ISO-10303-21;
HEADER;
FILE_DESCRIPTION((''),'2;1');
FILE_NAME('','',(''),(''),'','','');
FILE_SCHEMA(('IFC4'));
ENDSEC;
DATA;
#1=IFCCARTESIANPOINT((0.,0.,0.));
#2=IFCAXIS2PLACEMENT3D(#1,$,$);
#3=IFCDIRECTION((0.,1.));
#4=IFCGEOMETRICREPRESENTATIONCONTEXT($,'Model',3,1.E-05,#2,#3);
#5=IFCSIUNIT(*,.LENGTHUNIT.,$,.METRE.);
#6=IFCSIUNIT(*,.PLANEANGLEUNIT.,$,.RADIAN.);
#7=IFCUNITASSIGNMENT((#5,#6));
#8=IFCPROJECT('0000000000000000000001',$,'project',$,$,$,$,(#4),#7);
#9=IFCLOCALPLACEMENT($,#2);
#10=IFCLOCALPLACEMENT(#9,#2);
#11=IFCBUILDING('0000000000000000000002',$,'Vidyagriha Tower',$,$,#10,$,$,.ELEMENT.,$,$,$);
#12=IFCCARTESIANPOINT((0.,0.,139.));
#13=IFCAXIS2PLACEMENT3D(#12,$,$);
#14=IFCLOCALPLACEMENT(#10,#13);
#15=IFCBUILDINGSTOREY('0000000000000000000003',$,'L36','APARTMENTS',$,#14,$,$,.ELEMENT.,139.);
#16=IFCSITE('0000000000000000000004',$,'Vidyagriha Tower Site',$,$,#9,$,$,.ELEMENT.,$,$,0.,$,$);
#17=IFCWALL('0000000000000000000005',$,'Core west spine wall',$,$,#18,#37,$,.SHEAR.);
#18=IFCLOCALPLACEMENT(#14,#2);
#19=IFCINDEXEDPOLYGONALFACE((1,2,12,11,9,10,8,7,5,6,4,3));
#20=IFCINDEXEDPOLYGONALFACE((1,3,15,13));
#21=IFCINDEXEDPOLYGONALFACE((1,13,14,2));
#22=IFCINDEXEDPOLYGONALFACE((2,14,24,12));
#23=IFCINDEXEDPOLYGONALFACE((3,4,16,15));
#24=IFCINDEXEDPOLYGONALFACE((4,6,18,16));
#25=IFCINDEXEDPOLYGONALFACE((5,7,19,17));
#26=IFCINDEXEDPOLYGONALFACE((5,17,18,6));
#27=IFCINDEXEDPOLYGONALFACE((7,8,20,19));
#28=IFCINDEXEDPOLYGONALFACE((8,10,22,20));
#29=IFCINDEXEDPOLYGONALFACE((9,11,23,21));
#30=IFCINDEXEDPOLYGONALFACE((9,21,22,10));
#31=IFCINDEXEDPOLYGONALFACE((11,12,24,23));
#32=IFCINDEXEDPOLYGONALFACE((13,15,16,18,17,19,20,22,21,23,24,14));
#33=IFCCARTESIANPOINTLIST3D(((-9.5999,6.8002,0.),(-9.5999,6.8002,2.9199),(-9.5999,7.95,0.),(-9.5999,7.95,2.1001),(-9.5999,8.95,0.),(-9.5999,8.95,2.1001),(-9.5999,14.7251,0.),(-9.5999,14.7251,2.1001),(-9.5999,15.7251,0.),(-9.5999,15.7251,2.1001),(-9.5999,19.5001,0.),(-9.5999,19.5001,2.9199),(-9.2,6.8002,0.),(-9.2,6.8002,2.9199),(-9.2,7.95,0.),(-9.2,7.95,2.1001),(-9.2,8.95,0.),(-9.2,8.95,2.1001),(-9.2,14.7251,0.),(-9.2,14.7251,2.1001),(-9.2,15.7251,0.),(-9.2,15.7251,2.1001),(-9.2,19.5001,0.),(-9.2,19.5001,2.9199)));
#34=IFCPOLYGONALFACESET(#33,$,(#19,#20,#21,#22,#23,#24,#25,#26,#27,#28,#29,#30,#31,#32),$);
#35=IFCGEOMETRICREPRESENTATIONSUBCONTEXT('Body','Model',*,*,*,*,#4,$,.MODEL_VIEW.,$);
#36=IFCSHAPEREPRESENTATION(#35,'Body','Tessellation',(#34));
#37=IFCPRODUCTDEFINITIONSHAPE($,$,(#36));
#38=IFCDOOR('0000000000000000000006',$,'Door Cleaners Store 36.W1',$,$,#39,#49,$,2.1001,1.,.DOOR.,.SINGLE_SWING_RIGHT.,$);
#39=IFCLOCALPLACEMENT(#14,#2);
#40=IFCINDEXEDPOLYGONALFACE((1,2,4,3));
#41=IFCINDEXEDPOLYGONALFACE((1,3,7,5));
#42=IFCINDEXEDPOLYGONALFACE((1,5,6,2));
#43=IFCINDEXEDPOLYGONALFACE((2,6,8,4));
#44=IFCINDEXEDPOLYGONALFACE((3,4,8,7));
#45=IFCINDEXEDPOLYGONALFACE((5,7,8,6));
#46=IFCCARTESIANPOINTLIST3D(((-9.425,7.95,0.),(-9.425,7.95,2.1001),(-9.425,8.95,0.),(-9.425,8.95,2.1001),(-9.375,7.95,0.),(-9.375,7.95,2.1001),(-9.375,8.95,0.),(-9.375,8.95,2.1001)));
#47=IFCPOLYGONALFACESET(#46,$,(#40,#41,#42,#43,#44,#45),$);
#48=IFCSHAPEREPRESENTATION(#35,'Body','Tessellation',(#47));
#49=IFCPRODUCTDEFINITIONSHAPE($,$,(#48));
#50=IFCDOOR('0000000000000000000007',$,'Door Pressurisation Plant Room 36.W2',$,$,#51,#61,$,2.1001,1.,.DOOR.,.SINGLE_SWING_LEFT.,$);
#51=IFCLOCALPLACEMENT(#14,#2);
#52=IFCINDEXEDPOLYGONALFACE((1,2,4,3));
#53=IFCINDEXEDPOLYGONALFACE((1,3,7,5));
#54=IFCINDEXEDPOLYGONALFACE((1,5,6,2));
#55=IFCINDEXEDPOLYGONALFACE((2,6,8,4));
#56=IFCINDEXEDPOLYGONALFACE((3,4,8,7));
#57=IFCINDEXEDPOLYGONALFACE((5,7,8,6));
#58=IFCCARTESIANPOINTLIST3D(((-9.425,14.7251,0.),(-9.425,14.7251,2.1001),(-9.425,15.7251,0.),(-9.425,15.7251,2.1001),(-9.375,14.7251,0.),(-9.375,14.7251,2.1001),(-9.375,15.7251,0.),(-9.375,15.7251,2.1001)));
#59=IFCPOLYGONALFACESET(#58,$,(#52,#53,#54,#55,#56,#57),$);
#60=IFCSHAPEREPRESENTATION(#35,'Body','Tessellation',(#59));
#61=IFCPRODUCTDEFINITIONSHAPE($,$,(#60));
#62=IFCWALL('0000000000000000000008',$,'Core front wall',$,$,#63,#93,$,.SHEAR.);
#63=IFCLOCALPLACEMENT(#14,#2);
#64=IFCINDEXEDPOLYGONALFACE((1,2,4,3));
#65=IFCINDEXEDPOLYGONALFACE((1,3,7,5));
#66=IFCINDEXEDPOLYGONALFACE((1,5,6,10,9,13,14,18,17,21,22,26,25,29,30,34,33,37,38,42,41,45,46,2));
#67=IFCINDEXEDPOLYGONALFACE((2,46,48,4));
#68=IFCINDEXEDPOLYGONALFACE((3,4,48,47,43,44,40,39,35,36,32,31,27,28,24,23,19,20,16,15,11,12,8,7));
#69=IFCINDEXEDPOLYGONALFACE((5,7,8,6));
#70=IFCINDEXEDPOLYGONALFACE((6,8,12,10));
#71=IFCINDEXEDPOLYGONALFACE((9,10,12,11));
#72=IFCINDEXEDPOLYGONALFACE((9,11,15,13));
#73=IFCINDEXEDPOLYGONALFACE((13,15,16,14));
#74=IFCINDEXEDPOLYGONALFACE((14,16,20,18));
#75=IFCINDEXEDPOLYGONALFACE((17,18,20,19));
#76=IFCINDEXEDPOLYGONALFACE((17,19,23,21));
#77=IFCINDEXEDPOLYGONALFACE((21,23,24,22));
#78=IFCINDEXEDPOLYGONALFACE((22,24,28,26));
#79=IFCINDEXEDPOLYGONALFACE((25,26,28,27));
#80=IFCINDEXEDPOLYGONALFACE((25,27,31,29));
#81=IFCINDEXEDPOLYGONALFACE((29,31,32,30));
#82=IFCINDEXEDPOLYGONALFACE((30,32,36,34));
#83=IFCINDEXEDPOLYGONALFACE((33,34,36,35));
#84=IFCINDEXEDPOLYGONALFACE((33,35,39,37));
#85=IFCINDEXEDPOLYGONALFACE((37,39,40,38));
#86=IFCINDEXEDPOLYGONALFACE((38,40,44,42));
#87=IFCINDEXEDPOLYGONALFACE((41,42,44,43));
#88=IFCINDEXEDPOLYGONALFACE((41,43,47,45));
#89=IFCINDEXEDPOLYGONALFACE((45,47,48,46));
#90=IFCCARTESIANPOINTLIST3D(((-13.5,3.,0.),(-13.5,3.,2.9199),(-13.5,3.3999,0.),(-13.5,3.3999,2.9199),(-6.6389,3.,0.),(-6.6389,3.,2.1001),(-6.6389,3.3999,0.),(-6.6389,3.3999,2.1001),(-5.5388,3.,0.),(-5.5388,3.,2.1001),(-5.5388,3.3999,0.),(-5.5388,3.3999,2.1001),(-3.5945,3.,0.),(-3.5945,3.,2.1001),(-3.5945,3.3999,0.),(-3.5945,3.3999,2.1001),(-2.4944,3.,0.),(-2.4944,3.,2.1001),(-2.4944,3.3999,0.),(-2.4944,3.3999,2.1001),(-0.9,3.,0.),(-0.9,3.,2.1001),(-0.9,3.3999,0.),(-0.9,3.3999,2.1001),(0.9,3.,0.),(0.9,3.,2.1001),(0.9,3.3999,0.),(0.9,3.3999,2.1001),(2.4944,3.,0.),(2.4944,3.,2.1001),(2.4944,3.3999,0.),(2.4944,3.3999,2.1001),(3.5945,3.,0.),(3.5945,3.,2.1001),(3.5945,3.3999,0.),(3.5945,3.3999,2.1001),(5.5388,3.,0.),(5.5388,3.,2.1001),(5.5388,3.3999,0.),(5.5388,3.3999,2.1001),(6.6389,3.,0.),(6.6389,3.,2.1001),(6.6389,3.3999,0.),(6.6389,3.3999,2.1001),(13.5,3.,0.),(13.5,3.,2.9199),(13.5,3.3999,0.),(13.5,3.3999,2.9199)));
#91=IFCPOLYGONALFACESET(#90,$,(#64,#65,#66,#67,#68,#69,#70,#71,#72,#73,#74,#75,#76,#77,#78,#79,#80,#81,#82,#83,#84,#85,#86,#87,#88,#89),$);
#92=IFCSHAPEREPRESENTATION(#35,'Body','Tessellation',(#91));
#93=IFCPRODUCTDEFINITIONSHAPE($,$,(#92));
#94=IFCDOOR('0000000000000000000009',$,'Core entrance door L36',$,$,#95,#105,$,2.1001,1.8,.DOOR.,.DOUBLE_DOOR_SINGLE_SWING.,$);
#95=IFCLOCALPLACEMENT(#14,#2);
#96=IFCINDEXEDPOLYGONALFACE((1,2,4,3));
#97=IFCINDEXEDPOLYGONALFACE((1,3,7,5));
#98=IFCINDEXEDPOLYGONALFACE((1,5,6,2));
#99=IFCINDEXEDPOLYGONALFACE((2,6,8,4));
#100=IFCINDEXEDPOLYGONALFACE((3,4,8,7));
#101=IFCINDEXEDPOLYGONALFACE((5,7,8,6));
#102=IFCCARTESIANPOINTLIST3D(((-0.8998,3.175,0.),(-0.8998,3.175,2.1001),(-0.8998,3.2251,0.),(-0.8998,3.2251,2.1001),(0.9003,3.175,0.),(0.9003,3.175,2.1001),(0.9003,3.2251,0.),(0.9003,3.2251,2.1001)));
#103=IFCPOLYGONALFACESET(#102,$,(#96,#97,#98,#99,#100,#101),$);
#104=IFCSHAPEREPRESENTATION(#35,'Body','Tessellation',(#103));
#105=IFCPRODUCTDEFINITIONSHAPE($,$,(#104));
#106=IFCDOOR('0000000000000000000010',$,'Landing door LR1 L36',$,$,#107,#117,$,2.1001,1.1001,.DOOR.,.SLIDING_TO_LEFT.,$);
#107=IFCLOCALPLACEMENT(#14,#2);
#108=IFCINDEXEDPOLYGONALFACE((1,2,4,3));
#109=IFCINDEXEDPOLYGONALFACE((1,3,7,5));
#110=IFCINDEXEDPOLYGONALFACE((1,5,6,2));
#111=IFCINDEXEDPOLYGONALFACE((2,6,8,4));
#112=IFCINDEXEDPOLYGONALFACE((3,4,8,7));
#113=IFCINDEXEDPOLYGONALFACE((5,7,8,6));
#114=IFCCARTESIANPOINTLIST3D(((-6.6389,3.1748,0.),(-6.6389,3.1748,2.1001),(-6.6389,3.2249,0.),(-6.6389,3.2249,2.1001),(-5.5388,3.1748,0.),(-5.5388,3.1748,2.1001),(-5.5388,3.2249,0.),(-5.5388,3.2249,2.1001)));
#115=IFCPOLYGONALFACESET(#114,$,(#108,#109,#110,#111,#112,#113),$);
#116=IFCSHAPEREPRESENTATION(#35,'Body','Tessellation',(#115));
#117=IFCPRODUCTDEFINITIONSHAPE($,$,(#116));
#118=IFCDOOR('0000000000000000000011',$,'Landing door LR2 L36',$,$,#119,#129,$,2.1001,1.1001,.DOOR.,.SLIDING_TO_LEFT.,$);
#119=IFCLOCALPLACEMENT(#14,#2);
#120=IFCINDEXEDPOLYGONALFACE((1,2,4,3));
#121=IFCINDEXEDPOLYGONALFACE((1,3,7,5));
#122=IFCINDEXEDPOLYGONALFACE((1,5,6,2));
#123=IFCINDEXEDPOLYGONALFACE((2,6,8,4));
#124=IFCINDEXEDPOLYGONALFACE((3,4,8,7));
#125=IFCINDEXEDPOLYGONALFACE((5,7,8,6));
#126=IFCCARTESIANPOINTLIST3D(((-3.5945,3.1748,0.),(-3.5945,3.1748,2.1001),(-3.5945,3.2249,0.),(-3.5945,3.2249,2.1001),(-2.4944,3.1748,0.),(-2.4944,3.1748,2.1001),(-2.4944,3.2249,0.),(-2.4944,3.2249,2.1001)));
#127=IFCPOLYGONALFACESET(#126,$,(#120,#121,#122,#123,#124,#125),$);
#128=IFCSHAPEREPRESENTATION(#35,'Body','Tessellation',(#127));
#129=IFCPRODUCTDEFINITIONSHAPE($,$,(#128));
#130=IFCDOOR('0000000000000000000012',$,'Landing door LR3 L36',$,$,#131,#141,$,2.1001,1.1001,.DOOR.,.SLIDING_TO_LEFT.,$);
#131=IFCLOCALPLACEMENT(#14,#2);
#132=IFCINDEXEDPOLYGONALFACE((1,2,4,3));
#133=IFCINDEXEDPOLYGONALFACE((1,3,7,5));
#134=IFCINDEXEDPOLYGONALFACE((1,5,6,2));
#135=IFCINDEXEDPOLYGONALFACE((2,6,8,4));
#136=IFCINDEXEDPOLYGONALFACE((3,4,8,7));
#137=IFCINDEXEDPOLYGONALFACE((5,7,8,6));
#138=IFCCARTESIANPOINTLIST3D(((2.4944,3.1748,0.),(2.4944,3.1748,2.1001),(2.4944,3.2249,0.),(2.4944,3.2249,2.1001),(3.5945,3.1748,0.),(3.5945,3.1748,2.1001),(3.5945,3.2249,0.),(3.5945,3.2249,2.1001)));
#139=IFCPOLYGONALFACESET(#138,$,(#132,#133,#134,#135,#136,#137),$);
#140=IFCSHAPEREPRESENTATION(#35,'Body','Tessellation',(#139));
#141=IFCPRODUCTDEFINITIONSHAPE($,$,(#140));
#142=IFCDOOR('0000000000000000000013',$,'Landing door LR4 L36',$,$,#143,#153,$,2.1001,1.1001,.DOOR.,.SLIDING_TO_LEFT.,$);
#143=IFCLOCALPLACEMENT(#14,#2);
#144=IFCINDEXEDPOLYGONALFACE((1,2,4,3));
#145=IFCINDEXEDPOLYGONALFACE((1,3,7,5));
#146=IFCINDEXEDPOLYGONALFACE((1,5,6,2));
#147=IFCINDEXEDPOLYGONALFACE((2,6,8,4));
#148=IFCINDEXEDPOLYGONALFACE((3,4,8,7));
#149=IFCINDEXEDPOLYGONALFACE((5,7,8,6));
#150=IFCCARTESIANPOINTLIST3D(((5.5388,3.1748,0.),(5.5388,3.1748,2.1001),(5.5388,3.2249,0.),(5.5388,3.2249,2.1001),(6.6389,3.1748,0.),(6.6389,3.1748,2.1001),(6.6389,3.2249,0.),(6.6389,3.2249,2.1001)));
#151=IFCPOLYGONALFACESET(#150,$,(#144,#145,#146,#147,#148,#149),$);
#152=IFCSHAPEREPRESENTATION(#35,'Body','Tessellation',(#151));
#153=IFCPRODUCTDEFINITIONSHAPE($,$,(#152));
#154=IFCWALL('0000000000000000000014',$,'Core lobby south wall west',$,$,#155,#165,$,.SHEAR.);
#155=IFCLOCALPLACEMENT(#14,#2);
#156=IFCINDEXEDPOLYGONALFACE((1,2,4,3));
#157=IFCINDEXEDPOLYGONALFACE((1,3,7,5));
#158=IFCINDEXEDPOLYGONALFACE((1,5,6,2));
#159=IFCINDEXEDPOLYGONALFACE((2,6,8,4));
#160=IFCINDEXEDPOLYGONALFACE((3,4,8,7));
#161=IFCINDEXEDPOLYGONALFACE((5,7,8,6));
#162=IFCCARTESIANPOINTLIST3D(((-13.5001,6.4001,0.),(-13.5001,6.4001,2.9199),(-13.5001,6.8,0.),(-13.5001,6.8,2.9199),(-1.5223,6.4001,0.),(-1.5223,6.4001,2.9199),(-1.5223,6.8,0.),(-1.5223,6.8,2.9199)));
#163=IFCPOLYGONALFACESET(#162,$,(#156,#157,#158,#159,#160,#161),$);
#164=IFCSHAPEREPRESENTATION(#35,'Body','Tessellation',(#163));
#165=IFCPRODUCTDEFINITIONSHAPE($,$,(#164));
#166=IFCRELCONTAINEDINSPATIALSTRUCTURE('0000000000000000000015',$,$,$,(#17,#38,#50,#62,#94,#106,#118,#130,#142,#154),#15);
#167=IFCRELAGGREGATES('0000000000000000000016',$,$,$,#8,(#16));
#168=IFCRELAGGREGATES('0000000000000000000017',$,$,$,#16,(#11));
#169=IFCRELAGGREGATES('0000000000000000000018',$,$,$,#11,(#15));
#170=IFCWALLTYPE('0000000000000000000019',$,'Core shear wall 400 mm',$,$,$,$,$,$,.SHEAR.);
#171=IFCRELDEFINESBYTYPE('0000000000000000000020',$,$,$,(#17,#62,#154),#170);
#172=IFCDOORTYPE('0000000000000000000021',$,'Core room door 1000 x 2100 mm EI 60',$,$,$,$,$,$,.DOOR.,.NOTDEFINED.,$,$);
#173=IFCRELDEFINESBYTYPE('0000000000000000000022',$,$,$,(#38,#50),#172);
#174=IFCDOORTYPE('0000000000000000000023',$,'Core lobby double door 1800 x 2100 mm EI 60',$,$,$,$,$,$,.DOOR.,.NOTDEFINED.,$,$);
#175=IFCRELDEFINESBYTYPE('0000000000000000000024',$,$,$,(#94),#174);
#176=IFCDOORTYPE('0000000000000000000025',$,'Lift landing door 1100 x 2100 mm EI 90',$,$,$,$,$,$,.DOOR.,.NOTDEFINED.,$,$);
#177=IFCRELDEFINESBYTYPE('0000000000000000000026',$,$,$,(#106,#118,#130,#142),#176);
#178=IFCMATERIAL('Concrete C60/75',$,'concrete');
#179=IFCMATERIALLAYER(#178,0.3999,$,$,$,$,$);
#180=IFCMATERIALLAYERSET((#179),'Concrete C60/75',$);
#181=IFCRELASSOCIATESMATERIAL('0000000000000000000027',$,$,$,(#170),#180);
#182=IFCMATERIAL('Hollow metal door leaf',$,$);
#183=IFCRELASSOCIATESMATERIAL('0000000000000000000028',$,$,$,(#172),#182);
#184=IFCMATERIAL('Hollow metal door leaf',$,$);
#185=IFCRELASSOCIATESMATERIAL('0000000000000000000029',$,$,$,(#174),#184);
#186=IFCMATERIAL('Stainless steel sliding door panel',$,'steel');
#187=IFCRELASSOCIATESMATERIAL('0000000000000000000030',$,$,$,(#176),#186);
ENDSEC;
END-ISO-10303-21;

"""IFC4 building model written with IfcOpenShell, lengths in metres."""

from ifc_helpers import new_model, si_unit, direction, frame, frame_2d, origin, place, context, subcontext, project, spatial, rectangle, extrude, material, layer, layer_set, type_object, element, fill, save


model = new_model("IFC4")

# Units and contexts
model_context = context("Model", 3, precision=1e-05, world=origin(), true_north=direction((0.0, 1.0)))
body_context = subcontext(model_context, "Body", "Model", "MODEL_VIEW")
ifc_project = project(units=[si_unit("LENGTHUNIT", "METRE"), si_unit("PLANEANGLEUNIT", "RADIAN")], contexts=[model_context])

# Site, building, storey
site_placement = place(None, origin())
site = spatial("IfcSite", under=ifc_project, at=site_placement, Name="Vidyagriha Tower Site", CompositionType="ELEMENT", RefElevation=0.0)
building_placement = place(site_placement, origin())
building = spatial("IfcBuilding", under=site, at=building_placement, Name="Vidyagriha Tower", CompositionType="ELEMENT")
storey_placement = place(building_placement, frame((0.0, 0.0, 139.0)))
storey = spatial("IfcBuildingStorey", under=building, at=storey_placement, Name="L36", Description="APARTMENTS", CompositionType="ELEMENT", Elevation=139.0)

# Walls, openings, doors
ifc_material_1 = material(Name="Concrete C60/75", Category="concrete")
ifc_layer_1 = layer(ifc_material_1, 0.3999)
ifc_layer_set_1 = layer_set([ifc_layer_1], Name="Concrete C60/75")
wall_type_1 = type_object("IfcWallType", Name="Core shear wall 400 mm", PredefinedType="SHEAR", material=ifc_layer_set_1)
wall_1_placement = place(storey_placement, frame((-9.3999, 6.8, 0.0), z_axis=(0.0, 0.0, 1.0), x_axis=(0.0, 1.0, 0.0)))
wall_1 = element("IfcWall", 1, at=wall_1_placement, inside=storey, type_object=wall_type_1, Name="Core west spine wall", PredefinedType="SHEAR", context=body_context, shape_type="SweptSolid", body=[
    extrude(rectangle(XDim=12.7, YDim=0.3999, at=frame_2d((6.3501, 0.0))), origin(), (0.0, 0.0, 1.0), 2.9199),
])
opening_1_placement = place(wall_1_placement, frame((1.1499, 0.0, 0.0)))
opening_1 = element("IfcOpeningElement", 2, at=opening_1_placement, cuts=wall_1, PredefinedType="OPENING", context=body_context, shape_type="SweptSolid", body=[
    extrude(rectangle(XDim=1.0, YDim=2.1001, at=frame_2d((0.5, 1.05))), frame((0.0, 0.21, 0.0), z_axis=(0.0, -1.0, 0.0), x_axis=(1.0, 0.0, 0.0)), (0.0, 0.0, 1.0), 0.4199),
])
opening_2_placement = place(wall_1_placement, frame((7.925, 0.0, 0.0)))
opening_2 = element("IfcOpeningElement", 3, at=opening_2_placement, cuts=wall_1, PredefinedType="OPENING", context=body_context, shape_type="SweptSolid", body=[
    extrude(rectangle(XDim=1.0, YDim=2.1001, at=frame_2d((0.5, 1.05))), frame((0.0, 0.21, 0.0), z_axis=(0.0, -1.0, 0.0), x_axis=(1.0, 0.0, 0.0)), (0.0, 0.0, 1.0), 0.4199),
])
ifc_material_2 = material(Name="Hollow metal door leaf")
door_type_1 = type_object("IfcDoorType", Name="Core room door 1000 x 2100 mm EI 60", OperationType="NOTDEFINED", PredefinedType="DOOR", material=ifc_material_2)
door_1_placement = place(opening_1_placement, frame((1.0, 0.0, 0.0), z_axis=(0.0, 0.0, 1.0), x_axis=(-1.0, 0.0, 0.0)))
door_1 = element("IfcDoor", 4, at=door_1_placement, inside=storey, type_object=door_type_1, Name="Door Cleaners Store 36.W1", OperationType="SINGLE_SWING_RIGHT", OverallHeight=2.1001, OverallWidth=1.0, PredefinedType="DOOR", context=body_context, shape_type="SweptSolid", body=[
    extrude(rectangle(XDim=1.0, YDim=2.1001, at=frame_2d((0.5, 1.05))), frame((0.0, 0.0249, 0.0), z_axis=(0.0, -1.0, 0.0), x_axis=(1.0, 0.0, 0.0)), (0.0, 0.0, 1.0), 0.05),
])
fill(opening_1, door_1)
door_2_placement = place(opening_2_placement, frame((1.0, 0.0, 0.0), z_axis=(0.0, 0.0, 1.0), x_axis=(-1.0, 0.0, 0.0)))
door_2 = element("IfcDoor", 5, at=door_2_placement, inside=storey, type_object=door_type_1, Name="Door Pressurisation Plant Room 36.W2", OperationType="SINGLE_SWING_LEFT", OverallHeight=2.1001, OverallWidth=1.0, PredefinedType="DOOR", context=body_context, shape_type="SweptSolid", body=[
    extrude(rectangle(XDim=1.0, YDim=2.1001, at=frame_2d((0.5, 1.05))), frame((0.0, 0.0249, 0.0), z_axis=(0.0, -1.0, 0.0), x_axis=(1.0, 0.0, 0.0)), (0.0, 0.0, 1.0), 0.05),
])
fill(opening_2, door_2)
wall_2_placement = place(storey_placement, frame((-13.5, 3.2, 0.0)))
wall_2 = element("IfcWall", 6, at=wall_2_placement, inside=storey, type_object=wall_type_1, Name="Core front wall", PredefinedType="SHEAR", context=body_context, shape_type="SweptSolid", body=[
    extrude(rectangle(XDim=27.0, YDim=0.3999, at=frame_2d((13.5, 0.0))), origin(), (0.0, 0.0, 1.0), 2.9199),
])
opening_3_placement = place(wall_2_placement, frame((6.8611, 0.0, 0.0)))
opening_3 = element("IfcOpeningElement", 7, at=opening_3_placement, cuts=wall_2, PredefinedType="OPENING", context=body_context, shape_type="SweptSolid", body=[
    extrude(rectangle(XDim=1.1001, YDim=2.1001, at=frame_2d((0.55, 1.05))), frame((0.0, 0.21, 0.0), z_axis=(0.0, -1.0, 0.0), x_axis=(1.0, 0.0, 0.0)), (0.0, 0.0, 1.0), 0.4199),
])
opening_4_placement = place(wall_2_placement, frame((9.9055, 0.0, 0.0)))
opening_4 = element("IfcOpeningElement", 8, at=opening_4_placement, cuts=wall_2, PredefinedType="OPENING", context=body_context, shape_type="SweptSolid", body=[
    extrude(rectangle(XDim=1.1001, YDim=2.1001, at=frame_2d((0.55, 1.05))), frame((0.0, 0.21, 0.0), z_axis=(0.0, -1.0, 0.0), x_axis=(1.0, 0.0, 0.0)), (0.0, 0.0, 1.0), 0.4199),
])
opening_5_placement = place(wall_2_placement, frame((15.9944, 0.0, 0.0)))
opening_5 = element("IfcOpeningElement", 9, at=opening_5_placement, cuts=wall_2, PredefinedType="OPENING", context=body_context, shape_type="SweptSolid", body=[
    extrude(rectangle(XDim=1.1001, YDim=2.1001, at=frame_2d((0.55, 1.05))), frame((0.0, 0.21, 0.0), z_axis=(0.0, -1.0, 0.0), x_axis=(1.0, 0.0, 0.0)), (0.0, 0.0, 1.0), 0.4199),
])
opening_6_placement = place(wall_2_placement, frame((19.0388, 0.0, 0.0)))
opening_6 = element("IfcOpeningElement", 10, at=opening_6_placement, cuts=wall_2, PredefinedType="OPENING", context=body_context, shape_type="SweptSolid", body=[
    extrude(rectangle(XDim=1.1001, YDim=2.1001, at=frame_2d((0.55, 1.05))), frame((0.0, 0.21, 0.0), z_axis=(0.0, -1.0, 0.0), x_axis=(1.0, 0.0, 0.0)), (0.0, 0.0, 1.0), 0.4199),
])
opening_7_placement = place(wall_2_placement, frame((12.6001, 0.0, 0.0)))
opening_7 = element("IfcOpeningElement", 11, at=opening_7_placement, cuts=wall_2, PredefinedType="OPENING", context=body_context, shape_type="SweptSolid", body=[
    extrude(rectangle(XDim=1.8, YDim=2.1001, at=frame_2d((0.8999, 1.05))), frame((0.0, 0.21, 0.0), z_axis=(0.0, -1.0, 0.0), x_axis=(1.0, 0.0, 0.0)), (0.0, 0.0, 1.0), 0.4199),
])
ifc_material_3 = material(Name="Hollow metal door leaf")
door_type_2 = type_object("IfcDoorType", Name="Core lobby double door 1800 x 2100 mm EI 60", OperationType="NOTDEFINED", PredefinedType="DOOR", material=ifc_material_3)
door_3_placement = place(opening_7_placement, frame((1.8, 0.0, 0.0), z_axis=(0.0, 0.0, 1.0), x_axis=(-1.0, 0.0, 0.0)))
door_3 = element("IfcDoor", 12, at=door_3_placement, inside=storey, type_object=door_type_2, Name="Core entrance door L36", OperationType="DOUBLE_DOOR_SINGLE_SWING", OverallHeight=2.1001, OverallWidth=1.8, PredefinedType="DOOR", context=body_context, shape_type="SweptSolid", body=[
    extrude(rectangle(XDim=1.8, YDim=2.1001, at=frame_2d((0.8999, 1.05))), frame((0.0, 0.0249, 0.0), z_axis=(0.0, -1.0, 0.0), x_axis=(1.0, 0.0, 0.0)), (0.0, 0.0, 1.0), 0.05),
])
fill(opening_7, door_3)
ifc_material_4 = material(Name="Stainless steel sliding door panel", Category="steel")
door_type_3 = type_object("IfcDoorType", Name="Lift landing door 1100 x 2100 mm EI 90", OperationType="NOTDEFINED", PredefinedType="DOOR", material=ifc_material_4)
door_4_placement = place(opening_3_placement, origin())
door_4 = element("IfcDoor", 13, at=door_4_placement, inside=storey, type_object=door_type_3, Name="Landing door LR1 L36", OperationType="SLIDING_TO_LEFT", OverallHeight=2.1001, OverallWidth=1.1001, PredefinedType="DOOR", context=body_context, shape_type="SweptSolid", body=[
    extrude(rectangle(XDim=1.1001, YDim=2.1001, at=frame_2d((0.55, 1.05))), frame((0.0, 0.0249, 0.0), z_axis=(0.0, -1.0, 0.0), x_axis=(1.0, 0.0, 0.0)), (0.0, 0.0, 1.0), 0.05),
])
fill(opening_3, door_4)
door_5_placement = place(opening_4_placement, origin())
door_5 = element("IfcDoor", 14, at=door_5_placement, inside=storey, type_object=door_type_3, Name="Landing door LR2 L36", OperationType="SLIDING_TO_LEFT", OverallHeight=2.1001, OverallWidth=1.1001, PredefinedType="DOOR", context=body_context, shape_type="SweptSolid", body=[
    extrude(rectangle(XDim=1.1001, YDim=2.1001, at=frame_2d((0.55, 1.05))), frame((0.0, 0.0249, 0.0), z_axis=(0.0, -1.0, 0.0), x_axis=(1.0, 0.0, 0.0)), (0.0, 0.0, 1.0), 0.05),
])
fill(opening_4, door_5)
door_6_placement = place(opening_5_placement, origin())
door_6 = element("IfcDoor", 15, at=door_6_placement, inside=storey, type_object=door_type_3, Name="Landing door LR3 L36", OperationType="SLIDING_TO_LEFT", OverallHeight=2.1001, OverallWidth=1.1001, PredefinedType="DOOR", context=body_context, shape_type="SweptSolid", body=[
    extrude(rectangle(XDim=1.1001, YDim=2.1001, at=frame_2d((0.55, 1.05))), frame((0.0, 0.0249, 0.0), z_axis=(0.0, -1.0, 0.0), x_axis=(1.0, 0.0, 0.0)), (0.0, 0.0, 1.0), 0.05),
])
fill(opening_5, door_6)
door_7_placement = place(opening_6_placement, origin())
door_7 = element("IfcDoor", 16, at=door_7_placement, inside=storey, type_object=door_type_3, Name="Landing door LR4 L36", OperationType="SLIDING_TO_LEFT", OverallHeight=2.1001, OverallWidth=1.1001, PredefinedType="DOOR", context=body_context, shape_type="SweptSolid", body=[
    extrude(rectangle(XDim=1.1001, YDim=2.1001, at=frame_2d((0.55, 1.05))), frame((0.0, 0.0249, 0.0), z_axis=(0.0, -1.0, 0.0), x_axis=(1.0, 0.0, 0.0)), (0.0, 0.0, 1.0), 0.05),
])
fill(opening_6, door_7)

# Wall
wall_3_placement = place(storey_placement, frame((-13.5, 6.6001, 0.0)))
element("IfcWall", 17, at=wall_3_placement, inside=storey, type_object=wall_type_1, Name="Core lobby south wall west", PredefinedType="SHEAR", context=body_context, shape_type="SweptSolid", body=[
    extrude(rectangle(XDim=11.9778, YDim=0.3999, at=frame_2d((5.9888, 0.0))), origin(), (0.0, 0.0, 1.0), 2.9199),
])

save(model, "model.ifc")
